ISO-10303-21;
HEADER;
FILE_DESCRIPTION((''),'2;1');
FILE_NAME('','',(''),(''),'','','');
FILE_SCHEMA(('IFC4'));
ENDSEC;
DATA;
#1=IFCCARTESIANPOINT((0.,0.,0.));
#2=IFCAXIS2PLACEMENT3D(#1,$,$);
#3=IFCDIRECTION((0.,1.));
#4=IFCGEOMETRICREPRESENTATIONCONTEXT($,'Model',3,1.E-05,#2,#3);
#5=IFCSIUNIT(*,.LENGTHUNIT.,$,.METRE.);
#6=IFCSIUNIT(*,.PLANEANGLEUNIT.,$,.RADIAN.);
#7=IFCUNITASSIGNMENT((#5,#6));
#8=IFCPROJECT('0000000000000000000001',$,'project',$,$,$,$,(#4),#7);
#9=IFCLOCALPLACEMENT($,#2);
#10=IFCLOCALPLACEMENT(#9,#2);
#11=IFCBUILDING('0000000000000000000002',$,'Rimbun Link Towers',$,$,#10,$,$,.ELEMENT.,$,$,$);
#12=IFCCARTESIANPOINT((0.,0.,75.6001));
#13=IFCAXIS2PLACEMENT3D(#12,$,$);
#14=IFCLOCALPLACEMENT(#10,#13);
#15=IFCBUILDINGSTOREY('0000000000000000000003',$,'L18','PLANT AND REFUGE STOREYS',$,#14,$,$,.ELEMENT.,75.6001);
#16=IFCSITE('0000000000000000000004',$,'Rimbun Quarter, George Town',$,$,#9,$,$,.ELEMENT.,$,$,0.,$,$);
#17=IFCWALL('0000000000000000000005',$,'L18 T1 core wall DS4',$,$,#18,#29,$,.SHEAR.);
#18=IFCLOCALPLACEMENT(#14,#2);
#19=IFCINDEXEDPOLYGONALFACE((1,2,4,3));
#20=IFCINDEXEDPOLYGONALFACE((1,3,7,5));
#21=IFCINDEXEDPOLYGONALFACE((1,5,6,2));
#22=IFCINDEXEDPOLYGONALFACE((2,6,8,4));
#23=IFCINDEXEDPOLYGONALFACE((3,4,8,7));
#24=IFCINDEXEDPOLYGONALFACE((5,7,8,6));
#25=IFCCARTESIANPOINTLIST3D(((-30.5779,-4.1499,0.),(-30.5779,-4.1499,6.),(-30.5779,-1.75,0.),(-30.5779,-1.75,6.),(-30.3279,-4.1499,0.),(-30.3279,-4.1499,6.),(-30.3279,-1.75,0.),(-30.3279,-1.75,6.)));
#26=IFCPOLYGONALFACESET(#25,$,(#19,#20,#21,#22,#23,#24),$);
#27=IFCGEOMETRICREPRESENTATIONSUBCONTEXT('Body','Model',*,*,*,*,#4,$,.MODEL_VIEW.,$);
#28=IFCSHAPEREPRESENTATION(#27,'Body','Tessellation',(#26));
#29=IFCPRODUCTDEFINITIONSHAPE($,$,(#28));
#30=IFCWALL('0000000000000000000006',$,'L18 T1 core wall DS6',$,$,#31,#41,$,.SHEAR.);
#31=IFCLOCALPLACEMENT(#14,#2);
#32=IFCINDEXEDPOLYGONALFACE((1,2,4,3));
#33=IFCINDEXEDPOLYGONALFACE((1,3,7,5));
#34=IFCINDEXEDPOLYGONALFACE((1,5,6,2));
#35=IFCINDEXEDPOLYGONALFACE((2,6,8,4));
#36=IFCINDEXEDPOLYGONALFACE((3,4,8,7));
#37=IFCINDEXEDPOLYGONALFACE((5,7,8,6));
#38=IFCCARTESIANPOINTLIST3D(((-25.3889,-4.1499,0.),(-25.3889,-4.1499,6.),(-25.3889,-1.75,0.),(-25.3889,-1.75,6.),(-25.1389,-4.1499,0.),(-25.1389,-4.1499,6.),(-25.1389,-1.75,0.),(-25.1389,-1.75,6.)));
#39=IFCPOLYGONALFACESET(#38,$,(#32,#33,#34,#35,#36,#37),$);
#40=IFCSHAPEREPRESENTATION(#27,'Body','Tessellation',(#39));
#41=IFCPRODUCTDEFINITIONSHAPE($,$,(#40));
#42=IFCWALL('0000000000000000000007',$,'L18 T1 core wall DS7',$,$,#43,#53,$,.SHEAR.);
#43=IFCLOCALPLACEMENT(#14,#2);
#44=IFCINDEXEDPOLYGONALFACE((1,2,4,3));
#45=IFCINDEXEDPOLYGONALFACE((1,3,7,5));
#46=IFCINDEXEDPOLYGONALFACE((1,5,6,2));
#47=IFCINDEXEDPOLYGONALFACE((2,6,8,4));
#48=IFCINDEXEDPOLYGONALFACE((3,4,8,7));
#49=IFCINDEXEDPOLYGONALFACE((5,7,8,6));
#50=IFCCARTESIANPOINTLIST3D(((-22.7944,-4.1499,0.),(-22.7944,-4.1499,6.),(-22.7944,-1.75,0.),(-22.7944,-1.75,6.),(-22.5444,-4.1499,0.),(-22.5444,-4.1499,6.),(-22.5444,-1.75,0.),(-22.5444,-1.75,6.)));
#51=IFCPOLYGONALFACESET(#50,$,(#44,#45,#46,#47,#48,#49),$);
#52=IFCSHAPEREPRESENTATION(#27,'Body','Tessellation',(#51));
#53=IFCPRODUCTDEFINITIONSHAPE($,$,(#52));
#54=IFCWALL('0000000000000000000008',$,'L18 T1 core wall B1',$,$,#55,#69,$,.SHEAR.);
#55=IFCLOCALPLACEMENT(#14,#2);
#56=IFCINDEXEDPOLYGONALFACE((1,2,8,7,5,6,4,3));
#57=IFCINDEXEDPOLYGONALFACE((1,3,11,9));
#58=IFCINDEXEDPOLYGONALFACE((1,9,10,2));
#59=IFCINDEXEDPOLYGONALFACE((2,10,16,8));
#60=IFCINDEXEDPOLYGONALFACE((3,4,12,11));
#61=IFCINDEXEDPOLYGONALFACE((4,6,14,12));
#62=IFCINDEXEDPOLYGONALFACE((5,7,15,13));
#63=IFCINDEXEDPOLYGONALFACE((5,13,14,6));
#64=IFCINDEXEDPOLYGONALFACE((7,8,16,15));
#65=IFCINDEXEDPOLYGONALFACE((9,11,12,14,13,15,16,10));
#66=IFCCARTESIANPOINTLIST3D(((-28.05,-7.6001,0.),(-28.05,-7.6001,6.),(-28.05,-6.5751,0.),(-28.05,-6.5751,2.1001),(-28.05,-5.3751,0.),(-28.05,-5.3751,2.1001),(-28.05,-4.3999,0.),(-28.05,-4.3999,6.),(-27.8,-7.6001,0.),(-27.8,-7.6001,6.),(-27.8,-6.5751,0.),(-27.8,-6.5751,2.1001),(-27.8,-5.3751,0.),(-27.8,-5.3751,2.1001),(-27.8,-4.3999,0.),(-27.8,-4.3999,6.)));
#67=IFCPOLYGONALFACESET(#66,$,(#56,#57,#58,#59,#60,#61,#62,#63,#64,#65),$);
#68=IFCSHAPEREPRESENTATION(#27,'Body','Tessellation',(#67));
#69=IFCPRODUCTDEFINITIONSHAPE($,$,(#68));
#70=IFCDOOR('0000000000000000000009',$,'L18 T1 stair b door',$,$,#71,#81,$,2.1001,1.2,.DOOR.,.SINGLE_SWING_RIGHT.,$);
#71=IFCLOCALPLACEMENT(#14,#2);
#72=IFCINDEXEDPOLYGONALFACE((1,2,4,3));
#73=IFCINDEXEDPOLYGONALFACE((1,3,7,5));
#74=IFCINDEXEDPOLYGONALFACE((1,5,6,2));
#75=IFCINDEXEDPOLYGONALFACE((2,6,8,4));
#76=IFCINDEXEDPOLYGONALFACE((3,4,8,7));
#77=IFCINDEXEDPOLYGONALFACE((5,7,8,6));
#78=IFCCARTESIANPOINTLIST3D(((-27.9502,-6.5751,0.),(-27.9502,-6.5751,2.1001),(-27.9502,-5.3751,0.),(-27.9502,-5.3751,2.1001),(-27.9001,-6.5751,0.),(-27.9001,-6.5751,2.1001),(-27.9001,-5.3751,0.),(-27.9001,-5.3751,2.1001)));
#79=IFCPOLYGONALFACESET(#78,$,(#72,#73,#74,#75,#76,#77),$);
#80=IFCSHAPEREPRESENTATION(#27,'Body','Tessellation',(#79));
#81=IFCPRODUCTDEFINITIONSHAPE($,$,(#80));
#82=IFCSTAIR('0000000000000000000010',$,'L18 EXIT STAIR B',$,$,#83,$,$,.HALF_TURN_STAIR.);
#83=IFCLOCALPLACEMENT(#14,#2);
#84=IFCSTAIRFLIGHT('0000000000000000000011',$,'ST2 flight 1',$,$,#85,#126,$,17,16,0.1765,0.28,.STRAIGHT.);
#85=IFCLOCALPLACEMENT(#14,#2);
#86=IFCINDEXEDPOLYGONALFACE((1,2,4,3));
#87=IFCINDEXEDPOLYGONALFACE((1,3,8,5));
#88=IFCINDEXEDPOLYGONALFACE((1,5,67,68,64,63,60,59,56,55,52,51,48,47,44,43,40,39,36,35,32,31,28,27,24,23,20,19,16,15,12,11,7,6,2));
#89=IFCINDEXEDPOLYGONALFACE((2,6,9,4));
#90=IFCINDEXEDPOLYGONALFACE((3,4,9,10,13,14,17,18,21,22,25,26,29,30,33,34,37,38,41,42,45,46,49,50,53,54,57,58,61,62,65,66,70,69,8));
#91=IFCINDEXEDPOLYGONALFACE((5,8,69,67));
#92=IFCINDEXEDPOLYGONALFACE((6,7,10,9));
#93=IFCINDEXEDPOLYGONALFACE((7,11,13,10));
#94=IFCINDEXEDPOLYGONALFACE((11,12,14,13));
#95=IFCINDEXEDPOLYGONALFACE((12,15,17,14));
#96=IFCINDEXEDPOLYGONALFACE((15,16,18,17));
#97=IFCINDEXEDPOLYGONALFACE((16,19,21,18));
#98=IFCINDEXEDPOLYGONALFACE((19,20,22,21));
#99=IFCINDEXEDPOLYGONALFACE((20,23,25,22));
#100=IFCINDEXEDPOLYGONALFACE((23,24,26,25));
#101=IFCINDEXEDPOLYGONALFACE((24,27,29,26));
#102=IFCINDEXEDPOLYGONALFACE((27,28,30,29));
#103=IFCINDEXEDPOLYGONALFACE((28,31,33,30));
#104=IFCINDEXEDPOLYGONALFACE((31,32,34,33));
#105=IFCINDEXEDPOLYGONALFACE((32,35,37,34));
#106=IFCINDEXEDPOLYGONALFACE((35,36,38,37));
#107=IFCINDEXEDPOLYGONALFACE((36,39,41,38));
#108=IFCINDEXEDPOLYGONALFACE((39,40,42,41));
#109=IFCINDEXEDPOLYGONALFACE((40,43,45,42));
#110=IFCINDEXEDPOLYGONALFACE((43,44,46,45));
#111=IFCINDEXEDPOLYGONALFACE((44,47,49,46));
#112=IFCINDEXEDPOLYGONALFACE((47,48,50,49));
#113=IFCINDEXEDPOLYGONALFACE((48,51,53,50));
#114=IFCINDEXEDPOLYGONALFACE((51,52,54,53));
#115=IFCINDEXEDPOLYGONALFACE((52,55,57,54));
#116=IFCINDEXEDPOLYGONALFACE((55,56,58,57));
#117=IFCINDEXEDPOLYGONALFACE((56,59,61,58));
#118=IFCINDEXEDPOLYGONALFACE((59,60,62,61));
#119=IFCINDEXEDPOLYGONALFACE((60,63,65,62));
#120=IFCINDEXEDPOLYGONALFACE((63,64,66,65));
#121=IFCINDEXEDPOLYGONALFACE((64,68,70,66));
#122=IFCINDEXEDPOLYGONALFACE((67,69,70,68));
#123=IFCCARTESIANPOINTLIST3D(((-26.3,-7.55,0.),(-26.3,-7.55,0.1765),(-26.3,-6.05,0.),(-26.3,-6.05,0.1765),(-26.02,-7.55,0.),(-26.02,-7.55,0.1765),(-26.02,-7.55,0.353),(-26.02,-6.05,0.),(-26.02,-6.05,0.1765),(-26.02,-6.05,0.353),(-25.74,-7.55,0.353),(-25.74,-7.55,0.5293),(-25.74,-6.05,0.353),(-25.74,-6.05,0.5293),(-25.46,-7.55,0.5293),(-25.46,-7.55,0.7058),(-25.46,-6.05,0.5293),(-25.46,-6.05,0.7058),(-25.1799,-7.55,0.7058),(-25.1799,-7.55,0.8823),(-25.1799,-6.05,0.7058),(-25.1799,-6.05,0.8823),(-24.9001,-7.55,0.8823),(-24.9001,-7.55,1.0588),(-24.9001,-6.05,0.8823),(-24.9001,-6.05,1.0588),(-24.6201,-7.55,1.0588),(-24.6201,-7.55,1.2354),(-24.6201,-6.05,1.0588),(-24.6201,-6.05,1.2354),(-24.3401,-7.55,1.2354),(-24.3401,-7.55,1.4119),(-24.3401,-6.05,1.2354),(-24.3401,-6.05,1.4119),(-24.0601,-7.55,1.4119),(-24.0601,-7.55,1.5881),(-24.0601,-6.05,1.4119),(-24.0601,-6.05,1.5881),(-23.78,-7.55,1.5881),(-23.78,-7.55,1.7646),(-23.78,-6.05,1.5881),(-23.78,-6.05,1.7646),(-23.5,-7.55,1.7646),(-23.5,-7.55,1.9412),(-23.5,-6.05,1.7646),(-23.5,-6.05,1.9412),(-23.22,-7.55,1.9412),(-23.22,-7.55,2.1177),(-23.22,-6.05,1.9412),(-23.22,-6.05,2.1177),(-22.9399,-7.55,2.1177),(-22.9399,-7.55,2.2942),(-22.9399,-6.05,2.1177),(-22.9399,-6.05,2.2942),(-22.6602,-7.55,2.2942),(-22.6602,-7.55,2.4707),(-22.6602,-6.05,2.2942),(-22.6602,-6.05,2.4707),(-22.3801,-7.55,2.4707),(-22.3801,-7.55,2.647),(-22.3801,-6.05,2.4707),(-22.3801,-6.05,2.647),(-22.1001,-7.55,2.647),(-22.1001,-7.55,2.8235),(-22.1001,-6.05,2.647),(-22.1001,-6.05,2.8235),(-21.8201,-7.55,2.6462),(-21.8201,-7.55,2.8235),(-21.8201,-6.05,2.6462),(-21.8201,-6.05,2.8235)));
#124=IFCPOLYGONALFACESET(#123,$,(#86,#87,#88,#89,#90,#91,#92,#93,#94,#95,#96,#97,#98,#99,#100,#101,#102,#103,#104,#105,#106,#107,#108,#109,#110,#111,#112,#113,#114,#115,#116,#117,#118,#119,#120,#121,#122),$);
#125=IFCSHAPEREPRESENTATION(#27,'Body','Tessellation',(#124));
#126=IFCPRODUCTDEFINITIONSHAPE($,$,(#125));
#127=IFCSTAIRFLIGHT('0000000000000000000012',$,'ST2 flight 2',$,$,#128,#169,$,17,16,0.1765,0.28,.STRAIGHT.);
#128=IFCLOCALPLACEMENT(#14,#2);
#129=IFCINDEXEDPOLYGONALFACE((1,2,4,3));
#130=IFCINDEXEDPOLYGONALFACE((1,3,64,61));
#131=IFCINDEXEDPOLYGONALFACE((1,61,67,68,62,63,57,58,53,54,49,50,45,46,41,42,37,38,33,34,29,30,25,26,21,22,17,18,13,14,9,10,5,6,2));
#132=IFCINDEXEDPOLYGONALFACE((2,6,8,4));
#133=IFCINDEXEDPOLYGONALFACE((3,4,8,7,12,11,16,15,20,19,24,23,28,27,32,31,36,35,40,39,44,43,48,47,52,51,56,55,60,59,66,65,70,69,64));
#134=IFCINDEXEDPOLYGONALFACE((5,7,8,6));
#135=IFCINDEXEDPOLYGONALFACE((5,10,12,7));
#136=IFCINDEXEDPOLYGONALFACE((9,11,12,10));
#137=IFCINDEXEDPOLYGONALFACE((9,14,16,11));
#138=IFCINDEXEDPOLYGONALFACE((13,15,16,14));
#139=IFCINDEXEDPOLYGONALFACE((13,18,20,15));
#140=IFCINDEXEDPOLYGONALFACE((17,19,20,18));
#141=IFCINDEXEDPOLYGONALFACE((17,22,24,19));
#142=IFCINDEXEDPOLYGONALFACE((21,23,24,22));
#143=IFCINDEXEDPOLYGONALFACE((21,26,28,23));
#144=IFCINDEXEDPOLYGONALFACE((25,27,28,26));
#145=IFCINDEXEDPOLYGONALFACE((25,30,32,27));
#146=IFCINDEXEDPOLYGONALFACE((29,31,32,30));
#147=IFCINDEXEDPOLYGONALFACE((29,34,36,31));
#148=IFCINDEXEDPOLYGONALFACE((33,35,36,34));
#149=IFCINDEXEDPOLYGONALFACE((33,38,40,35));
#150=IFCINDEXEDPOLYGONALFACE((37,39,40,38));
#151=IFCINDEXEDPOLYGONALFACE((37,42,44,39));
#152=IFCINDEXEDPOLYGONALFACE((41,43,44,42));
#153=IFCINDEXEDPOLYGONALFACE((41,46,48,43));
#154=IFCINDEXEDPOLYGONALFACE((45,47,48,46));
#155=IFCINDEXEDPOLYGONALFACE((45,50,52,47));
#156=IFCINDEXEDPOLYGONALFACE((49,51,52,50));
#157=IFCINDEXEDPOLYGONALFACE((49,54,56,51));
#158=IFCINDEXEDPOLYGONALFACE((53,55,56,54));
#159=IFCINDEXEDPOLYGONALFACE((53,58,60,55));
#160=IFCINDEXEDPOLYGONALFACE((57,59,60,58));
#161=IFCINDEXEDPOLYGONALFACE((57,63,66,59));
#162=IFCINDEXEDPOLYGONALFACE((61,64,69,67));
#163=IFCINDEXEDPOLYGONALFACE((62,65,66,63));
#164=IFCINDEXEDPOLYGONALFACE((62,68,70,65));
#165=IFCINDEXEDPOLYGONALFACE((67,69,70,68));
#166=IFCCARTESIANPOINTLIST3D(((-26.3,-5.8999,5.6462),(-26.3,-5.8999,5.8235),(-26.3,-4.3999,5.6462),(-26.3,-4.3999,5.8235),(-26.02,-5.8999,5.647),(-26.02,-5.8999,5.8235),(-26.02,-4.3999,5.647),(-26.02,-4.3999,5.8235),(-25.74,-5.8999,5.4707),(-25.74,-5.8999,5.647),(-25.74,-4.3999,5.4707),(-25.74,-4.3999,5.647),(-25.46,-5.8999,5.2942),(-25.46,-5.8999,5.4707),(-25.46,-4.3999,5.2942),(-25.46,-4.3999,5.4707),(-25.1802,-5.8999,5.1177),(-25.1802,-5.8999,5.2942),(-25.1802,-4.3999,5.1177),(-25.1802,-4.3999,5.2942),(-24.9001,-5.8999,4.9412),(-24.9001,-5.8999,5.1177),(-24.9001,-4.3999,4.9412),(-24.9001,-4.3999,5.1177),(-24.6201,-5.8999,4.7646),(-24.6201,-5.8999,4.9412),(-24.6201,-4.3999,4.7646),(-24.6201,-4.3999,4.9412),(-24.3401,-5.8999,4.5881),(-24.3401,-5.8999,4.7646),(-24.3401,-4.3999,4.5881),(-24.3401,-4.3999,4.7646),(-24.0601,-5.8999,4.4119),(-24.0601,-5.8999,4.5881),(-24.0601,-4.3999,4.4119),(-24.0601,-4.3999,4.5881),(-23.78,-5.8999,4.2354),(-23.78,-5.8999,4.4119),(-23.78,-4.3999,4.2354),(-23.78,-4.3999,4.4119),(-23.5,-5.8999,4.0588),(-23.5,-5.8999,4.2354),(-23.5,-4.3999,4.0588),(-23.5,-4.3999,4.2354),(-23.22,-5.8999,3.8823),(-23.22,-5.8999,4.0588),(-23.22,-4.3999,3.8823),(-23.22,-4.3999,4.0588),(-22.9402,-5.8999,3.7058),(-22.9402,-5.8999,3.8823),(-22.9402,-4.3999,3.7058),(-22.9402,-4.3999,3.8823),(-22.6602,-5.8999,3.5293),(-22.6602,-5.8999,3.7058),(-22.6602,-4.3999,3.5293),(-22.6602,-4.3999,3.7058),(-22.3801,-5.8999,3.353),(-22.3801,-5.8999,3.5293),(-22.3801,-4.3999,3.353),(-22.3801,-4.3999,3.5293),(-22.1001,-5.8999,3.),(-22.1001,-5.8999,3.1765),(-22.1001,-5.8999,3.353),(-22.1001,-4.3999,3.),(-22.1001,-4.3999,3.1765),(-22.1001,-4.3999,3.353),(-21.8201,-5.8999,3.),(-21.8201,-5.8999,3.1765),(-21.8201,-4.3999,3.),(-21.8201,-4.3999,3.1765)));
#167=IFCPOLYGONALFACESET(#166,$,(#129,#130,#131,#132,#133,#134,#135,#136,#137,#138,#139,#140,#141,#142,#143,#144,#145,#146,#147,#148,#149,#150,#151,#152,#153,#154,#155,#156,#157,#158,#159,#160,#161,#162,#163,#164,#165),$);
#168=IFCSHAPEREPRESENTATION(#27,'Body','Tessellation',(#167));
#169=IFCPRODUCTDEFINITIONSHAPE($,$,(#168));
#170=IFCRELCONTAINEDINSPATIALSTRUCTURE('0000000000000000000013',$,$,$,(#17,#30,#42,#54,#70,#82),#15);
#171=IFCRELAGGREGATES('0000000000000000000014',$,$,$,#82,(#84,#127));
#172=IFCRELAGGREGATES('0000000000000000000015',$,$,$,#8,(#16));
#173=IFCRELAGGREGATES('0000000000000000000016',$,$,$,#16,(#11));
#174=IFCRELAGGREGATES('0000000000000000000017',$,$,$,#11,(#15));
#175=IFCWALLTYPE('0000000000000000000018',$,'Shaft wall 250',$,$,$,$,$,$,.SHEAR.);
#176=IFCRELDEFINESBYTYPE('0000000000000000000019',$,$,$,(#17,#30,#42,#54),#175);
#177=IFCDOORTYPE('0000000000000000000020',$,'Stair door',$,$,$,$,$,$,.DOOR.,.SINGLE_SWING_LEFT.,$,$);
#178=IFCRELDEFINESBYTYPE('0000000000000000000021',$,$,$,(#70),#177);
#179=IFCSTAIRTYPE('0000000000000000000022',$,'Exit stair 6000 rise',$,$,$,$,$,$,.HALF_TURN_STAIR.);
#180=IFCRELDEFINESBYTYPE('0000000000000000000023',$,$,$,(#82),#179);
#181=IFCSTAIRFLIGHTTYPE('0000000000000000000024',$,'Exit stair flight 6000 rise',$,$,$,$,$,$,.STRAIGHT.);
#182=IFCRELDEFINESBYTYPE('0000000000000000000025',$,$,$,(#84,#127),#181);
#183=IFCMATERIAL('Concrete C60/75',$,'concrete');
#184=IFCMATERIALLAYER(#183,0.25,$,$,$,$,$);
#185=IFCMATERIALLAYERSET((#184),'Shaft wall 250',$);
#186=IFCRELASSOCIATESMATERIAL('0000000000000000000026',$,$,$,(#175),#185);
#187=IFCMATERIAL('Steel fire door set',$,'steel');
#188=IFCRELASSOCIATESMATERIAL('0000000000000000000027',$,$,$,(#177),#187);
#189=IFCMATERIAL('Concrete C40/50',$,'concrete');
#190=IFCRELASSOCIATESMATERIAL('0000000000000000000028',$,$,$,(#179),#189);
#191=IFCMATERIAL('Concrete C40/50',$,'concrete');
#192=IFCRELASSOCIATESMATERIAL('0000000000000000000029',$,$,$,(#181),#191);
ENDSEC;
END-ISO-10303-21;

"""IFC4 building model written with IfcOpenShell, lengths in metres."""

from ifc_helpers import new_model, si_unit, direction, frame, frame_2d, origin, place, context, subcontext, project, spatial, polyline, rectangle, outline, extrude, material, layer, layer_set, type_object, element, fill, aggregate, save


model = new_model("IFC4")

# Units and contexts
model_context = context("Model", 3, precision=1e-05, world=origin(), true_north=direction((0.0, 1.0)))
body_context = subcontext(model_context, "Body", "Model", "MODEL_VIEW")
ifc_project = project(units=[si_unit("LENGTHUNIT", "METRE"), si_unit("PLANEANGLEUNIT", "RADIAN")], contexts=[model_context])

# Site, building, storey
site_placement = place(None, origin())
site = spatial("IfcSite", under=ifc_project, at=site_placement, Name="Rimbun Quarter, George Town", CompositionType="ELEMENT", RefElevation=0.0)
building_placement = place(site_placement, origin())
building = spatial("IfcBuilding", under=site, at=building_placement, Name="Rimbun Link Towers", CompositionType="ELEMENT")
storey_placement = place(building_placement, frame((0.0, 0.0, 75.6001)))
storey = spatial("IfcBuildingStorey", under=building, at=storey_placement, Name="L18", Description="PLANT AND REFUGE STOREYS", CompositionType="ELEMENT", Elevation=75.6001)

# Walls
ifc_material_1 = material(Name="Concrete C60/75", Category="concrete")
ifc_layer_1 = layer(ifc_material_1, 0.25)
ifc_layer_set_1 = layer_set([ifc_layer_1], Name="Shaft wall 250")
wall_type_1 = type_object("IfcWallType", Name="Shaft wall 250", PredefinedType="SHEAR", material=ifc_layer_set_1)
for number, where, z_axis, x_axis, name in (
    (1, (-30.4529, -4.1499, 0.0), (0.0, 0.0, 1.0), (0.0, 1.0, 0.0), "L18 T1 core wall DS4"),
    (2, (-25.2639, -4.1499, 0.0), (0.0, 0.0, 1.0), (0.0, 1.0, 0.0), "L18 T1 core wall DS6"),
    (3, (-22.6694, -4.1499, 0.0), (0.0, 0.0, 1.0), (0.0, 1.0, 0.0), "L18 T1 core wall DS7"),
):
    element("IfcWall", number, at=place(storey_placement, frame(where, z_axis=z_axis, x_axis=x_axis)), inside=storey, type_object=wall_type_1, Name=name, PredefinedType="SHEAR", context=body_context, shape_type="SweptSolid", body=[
        extrude(rectangle(XDim=2.3999, YDim=0.25, at=frame_2d((1.2, 0.0))), origin(), (0.0, 0.0, 1.0), 6.0),
    ])

# Wall, opening, door
wall_1_placement = place(storey_placement, frame((-27.925, -4.3999, 0.0), z_axis=(0.0, 0.0, 1.0), x_axis=(0.0, -1.0, 0.0)))
wall_1 = element("IfcWall", 4, at=wall_1_placement, inside=storey, type_object=wall_type_1, Name="L18 T1 core wall B1", PredefinedType="SHEAR", context=body_context, shape_type="SweptSolid", body=[
    extrude(rectangle(XDim=3.2002, YDim=0.25, at=frame_2d((1.6001, 0.0))), origin(), (0.0, 0.0, 1.0), 6.0),
])
opening_1_placement = place(wall_1_placement, frame((0.9751, 0.0, 0.0)))
opening_1 = element("IfcOpeningElement", 5, at=opening_1_placement, cuts=wall_1, PredefinedType="OPENING", context=body_context, shape_type="SweptSolid", body=[
    extrude(rectangle(XDim=1.2, YDim=2.1001, at=frame_2d((0.6001, 1.05))), frame((0.0, 0.135, 0.0), z_axis=(0.0, -1.0, 0.0), x_axis=(1.0, 0.0, 0.0)), (0.0, 0.0, 1.0), 0.27),
])
ifc_material_2 = material(Name="Steel fire door set", Category="steel")
door_type_1 = type_object("IfcDoorType", Name="Stair door", OperationType="SINGLE_SWING_LEFT", PredefinedType="DOOR", material=ifc_material_2)
door_1_placement = place(opening_1_placement, origin())
door_1 = element("IfcDoor", 6, at=door_1_placement, inside=storey, type_object=door_type_1, Name="L18 T1 stair b door", OperationType="SINGLE_SWING_RIGHT", OverallHeight=2.1001, OverallWidth=1.2, PredefinedType="DOOR", context=body_context, shape_type="SweptSolid", body=[
    extrude(rectangle(XDim=1.2, YDim=2.1001, at=frame_2d((0.6001, 1.05))), frame((0.0, 0.0249, 0.0), z_axis=(0.0, -1.0, 0.0), x_axis=(1.0, 0.0, 0.0)), (0.0, 0.0, 1.0), 0.05),
])
fill(opening_1, door_1)

# Stair, stair flights
ifc_material_3 = material(Name="Concrete C40/50", Category="concrete")
stair_type = type_object("IfcStairType", Name="Exit stair 6000 rise", PredefinedType="HALF_TURN_STAIR", material=ifc_material_3)
stair_placement = place(storey_placement, origin())
stair = element("IfcStair", 7, at=stair_placement, inside=storey, type_object=stair_type, Name="L18 EXIT STAIR B", PredefinedType="HALF_TURN_STAIR")
ifc_material_4 = material(Name="Concrete C40/50", Category="concrete")
stair_flight_type = type_object("IfcStairFlightType", Name="Exit stair flight 6000 rise", PredefinedType="STRAIGHT", material=ifc_material_4)
stair_flight_1_placement = place(storey_placement, frame((-26.3, -6.8, 0.0), z_axis=(0.0, 0.0, 1.0), x_axis=(1.0, 0.0, 0.0)))
stair_flight_1 = element("IfcStairFlight", 8, at=stair_flight_1_placement, type_object=stair_flight_type, Name="ST2 flight 1", NumberOfRisers=17, NumberOfTreads=16, PredefinedType="STRAIGHT", RiserHeight=0.1765, TreadLength=0.28, context=body_context, shape_type="SweptSolid", body=[
    extrude(outline(polyline([(0.0, 0.0), (0.0, 0.1765), (0.28, 0.1765), (0.28, 0.353), (0.5601, 0.353), (0.5601, 0.5293), (0.8401, 0.5293), (0.8401, 0.7058), (1.1201, 0.7058), (1.1201, 0.8823), (1.3999, 0.8823), (1.3999, 1.0588), (1.6799, 1.0588), (1.6799, 1.2354), (1.96, 1.2354), (1.96, 1.4119), (2.24, 1.4119), (2.24, 1.5881), (2.52, 1.5881), (2.52, 1.7646), (2.8, 1.7646), (2.8, 1.9412), (3.0801, 1.9412), (3.0801, 2.1177), (3.3601, 2.1177), (3.3601, 2.2942), (3.6399, 2.2942), (3.6399, 2.4707), (3.9199, 2.4707), (3.9199, 2.647), (4.2, 2.647), (4.2, 2.8235), (4.48, 2.8235), (4.48, 3.0), (4.48, 2.6462), (0.28, 0.0), (0.0, 0.0)])), frame((0.0, 0.75, 0.0), z_axis=(0.0, -1.0, 0.0), x_axis=(1.0, 0.0, 0.0)), (0.0, 0.0, 1.0), 1.5),
])
stair_flight_2_placement = place(storey_placement, frame((-21.8201, -5.1499, 3.0), z_axis=(0.0, 0.0, 1.0), x_axis=(-1.0, 0.0, 0.0)))
stair_flight_2 = element("IfcStairFlight", 9, at=stair_flight_2_placement, type_object=stair_flight_type, Name="ST2 flight 2", NumberOfRisers=17, NumberOfTreads=16, PredefinedType="STRAIGHT", RiserHeight=0.1765, TreadLength=0.28, context=body_context, shape_type="SweptSolid", body=[
    extrude(outline(polyline([(0.0, 0.0), (0.0, 0.1765), (0.28, 0.1765), (0.28, 0.353), (0.5601, 0.353), (0.5601, 0.5293), (0.8401, 0.5293), (0.8401, 0.7058), (1.1201, 0.7058), (1.1201, 0.8823), (1.3999, 0.8823), (1.3999, 1.0588), (1.6799, 1.0588), (1.6799, 1.2354), (1.96, 1.2354), (1.96, 1.4119), (2.24, 1.4119), (2.24, 1.5881), (2.52, 1.5881), (2.52, 1.7646), (2.8, 1.7646), (2.8, 1.9412), (3.0801, 1.9412), (3.0801, 2.1177), (3.3601, 2.1177), (3.3601, 2.2942), (3.6399, 2.2942), (3.6399, 2.4707), (3.9199, 2.4707), (3.9199, 2.647), (4.2, 2.647), (4.2, 2.8235), (4.48, 2.8235), (4.48, 3.0), (4.48, 2.6462), (0.28, 0.0), (0.0, 0.0)])), frame((0.0, 0.75, 0.0), z_axis=(0.0, -1.0, 0.0), x_axis=(1.0, 0.0, 0.0)), (0.0, 0.0, 1.0), 1.5),
])
aggregate(stair, [stair_flight_1, stair_flight_2])

save(model, "model.ifc")
